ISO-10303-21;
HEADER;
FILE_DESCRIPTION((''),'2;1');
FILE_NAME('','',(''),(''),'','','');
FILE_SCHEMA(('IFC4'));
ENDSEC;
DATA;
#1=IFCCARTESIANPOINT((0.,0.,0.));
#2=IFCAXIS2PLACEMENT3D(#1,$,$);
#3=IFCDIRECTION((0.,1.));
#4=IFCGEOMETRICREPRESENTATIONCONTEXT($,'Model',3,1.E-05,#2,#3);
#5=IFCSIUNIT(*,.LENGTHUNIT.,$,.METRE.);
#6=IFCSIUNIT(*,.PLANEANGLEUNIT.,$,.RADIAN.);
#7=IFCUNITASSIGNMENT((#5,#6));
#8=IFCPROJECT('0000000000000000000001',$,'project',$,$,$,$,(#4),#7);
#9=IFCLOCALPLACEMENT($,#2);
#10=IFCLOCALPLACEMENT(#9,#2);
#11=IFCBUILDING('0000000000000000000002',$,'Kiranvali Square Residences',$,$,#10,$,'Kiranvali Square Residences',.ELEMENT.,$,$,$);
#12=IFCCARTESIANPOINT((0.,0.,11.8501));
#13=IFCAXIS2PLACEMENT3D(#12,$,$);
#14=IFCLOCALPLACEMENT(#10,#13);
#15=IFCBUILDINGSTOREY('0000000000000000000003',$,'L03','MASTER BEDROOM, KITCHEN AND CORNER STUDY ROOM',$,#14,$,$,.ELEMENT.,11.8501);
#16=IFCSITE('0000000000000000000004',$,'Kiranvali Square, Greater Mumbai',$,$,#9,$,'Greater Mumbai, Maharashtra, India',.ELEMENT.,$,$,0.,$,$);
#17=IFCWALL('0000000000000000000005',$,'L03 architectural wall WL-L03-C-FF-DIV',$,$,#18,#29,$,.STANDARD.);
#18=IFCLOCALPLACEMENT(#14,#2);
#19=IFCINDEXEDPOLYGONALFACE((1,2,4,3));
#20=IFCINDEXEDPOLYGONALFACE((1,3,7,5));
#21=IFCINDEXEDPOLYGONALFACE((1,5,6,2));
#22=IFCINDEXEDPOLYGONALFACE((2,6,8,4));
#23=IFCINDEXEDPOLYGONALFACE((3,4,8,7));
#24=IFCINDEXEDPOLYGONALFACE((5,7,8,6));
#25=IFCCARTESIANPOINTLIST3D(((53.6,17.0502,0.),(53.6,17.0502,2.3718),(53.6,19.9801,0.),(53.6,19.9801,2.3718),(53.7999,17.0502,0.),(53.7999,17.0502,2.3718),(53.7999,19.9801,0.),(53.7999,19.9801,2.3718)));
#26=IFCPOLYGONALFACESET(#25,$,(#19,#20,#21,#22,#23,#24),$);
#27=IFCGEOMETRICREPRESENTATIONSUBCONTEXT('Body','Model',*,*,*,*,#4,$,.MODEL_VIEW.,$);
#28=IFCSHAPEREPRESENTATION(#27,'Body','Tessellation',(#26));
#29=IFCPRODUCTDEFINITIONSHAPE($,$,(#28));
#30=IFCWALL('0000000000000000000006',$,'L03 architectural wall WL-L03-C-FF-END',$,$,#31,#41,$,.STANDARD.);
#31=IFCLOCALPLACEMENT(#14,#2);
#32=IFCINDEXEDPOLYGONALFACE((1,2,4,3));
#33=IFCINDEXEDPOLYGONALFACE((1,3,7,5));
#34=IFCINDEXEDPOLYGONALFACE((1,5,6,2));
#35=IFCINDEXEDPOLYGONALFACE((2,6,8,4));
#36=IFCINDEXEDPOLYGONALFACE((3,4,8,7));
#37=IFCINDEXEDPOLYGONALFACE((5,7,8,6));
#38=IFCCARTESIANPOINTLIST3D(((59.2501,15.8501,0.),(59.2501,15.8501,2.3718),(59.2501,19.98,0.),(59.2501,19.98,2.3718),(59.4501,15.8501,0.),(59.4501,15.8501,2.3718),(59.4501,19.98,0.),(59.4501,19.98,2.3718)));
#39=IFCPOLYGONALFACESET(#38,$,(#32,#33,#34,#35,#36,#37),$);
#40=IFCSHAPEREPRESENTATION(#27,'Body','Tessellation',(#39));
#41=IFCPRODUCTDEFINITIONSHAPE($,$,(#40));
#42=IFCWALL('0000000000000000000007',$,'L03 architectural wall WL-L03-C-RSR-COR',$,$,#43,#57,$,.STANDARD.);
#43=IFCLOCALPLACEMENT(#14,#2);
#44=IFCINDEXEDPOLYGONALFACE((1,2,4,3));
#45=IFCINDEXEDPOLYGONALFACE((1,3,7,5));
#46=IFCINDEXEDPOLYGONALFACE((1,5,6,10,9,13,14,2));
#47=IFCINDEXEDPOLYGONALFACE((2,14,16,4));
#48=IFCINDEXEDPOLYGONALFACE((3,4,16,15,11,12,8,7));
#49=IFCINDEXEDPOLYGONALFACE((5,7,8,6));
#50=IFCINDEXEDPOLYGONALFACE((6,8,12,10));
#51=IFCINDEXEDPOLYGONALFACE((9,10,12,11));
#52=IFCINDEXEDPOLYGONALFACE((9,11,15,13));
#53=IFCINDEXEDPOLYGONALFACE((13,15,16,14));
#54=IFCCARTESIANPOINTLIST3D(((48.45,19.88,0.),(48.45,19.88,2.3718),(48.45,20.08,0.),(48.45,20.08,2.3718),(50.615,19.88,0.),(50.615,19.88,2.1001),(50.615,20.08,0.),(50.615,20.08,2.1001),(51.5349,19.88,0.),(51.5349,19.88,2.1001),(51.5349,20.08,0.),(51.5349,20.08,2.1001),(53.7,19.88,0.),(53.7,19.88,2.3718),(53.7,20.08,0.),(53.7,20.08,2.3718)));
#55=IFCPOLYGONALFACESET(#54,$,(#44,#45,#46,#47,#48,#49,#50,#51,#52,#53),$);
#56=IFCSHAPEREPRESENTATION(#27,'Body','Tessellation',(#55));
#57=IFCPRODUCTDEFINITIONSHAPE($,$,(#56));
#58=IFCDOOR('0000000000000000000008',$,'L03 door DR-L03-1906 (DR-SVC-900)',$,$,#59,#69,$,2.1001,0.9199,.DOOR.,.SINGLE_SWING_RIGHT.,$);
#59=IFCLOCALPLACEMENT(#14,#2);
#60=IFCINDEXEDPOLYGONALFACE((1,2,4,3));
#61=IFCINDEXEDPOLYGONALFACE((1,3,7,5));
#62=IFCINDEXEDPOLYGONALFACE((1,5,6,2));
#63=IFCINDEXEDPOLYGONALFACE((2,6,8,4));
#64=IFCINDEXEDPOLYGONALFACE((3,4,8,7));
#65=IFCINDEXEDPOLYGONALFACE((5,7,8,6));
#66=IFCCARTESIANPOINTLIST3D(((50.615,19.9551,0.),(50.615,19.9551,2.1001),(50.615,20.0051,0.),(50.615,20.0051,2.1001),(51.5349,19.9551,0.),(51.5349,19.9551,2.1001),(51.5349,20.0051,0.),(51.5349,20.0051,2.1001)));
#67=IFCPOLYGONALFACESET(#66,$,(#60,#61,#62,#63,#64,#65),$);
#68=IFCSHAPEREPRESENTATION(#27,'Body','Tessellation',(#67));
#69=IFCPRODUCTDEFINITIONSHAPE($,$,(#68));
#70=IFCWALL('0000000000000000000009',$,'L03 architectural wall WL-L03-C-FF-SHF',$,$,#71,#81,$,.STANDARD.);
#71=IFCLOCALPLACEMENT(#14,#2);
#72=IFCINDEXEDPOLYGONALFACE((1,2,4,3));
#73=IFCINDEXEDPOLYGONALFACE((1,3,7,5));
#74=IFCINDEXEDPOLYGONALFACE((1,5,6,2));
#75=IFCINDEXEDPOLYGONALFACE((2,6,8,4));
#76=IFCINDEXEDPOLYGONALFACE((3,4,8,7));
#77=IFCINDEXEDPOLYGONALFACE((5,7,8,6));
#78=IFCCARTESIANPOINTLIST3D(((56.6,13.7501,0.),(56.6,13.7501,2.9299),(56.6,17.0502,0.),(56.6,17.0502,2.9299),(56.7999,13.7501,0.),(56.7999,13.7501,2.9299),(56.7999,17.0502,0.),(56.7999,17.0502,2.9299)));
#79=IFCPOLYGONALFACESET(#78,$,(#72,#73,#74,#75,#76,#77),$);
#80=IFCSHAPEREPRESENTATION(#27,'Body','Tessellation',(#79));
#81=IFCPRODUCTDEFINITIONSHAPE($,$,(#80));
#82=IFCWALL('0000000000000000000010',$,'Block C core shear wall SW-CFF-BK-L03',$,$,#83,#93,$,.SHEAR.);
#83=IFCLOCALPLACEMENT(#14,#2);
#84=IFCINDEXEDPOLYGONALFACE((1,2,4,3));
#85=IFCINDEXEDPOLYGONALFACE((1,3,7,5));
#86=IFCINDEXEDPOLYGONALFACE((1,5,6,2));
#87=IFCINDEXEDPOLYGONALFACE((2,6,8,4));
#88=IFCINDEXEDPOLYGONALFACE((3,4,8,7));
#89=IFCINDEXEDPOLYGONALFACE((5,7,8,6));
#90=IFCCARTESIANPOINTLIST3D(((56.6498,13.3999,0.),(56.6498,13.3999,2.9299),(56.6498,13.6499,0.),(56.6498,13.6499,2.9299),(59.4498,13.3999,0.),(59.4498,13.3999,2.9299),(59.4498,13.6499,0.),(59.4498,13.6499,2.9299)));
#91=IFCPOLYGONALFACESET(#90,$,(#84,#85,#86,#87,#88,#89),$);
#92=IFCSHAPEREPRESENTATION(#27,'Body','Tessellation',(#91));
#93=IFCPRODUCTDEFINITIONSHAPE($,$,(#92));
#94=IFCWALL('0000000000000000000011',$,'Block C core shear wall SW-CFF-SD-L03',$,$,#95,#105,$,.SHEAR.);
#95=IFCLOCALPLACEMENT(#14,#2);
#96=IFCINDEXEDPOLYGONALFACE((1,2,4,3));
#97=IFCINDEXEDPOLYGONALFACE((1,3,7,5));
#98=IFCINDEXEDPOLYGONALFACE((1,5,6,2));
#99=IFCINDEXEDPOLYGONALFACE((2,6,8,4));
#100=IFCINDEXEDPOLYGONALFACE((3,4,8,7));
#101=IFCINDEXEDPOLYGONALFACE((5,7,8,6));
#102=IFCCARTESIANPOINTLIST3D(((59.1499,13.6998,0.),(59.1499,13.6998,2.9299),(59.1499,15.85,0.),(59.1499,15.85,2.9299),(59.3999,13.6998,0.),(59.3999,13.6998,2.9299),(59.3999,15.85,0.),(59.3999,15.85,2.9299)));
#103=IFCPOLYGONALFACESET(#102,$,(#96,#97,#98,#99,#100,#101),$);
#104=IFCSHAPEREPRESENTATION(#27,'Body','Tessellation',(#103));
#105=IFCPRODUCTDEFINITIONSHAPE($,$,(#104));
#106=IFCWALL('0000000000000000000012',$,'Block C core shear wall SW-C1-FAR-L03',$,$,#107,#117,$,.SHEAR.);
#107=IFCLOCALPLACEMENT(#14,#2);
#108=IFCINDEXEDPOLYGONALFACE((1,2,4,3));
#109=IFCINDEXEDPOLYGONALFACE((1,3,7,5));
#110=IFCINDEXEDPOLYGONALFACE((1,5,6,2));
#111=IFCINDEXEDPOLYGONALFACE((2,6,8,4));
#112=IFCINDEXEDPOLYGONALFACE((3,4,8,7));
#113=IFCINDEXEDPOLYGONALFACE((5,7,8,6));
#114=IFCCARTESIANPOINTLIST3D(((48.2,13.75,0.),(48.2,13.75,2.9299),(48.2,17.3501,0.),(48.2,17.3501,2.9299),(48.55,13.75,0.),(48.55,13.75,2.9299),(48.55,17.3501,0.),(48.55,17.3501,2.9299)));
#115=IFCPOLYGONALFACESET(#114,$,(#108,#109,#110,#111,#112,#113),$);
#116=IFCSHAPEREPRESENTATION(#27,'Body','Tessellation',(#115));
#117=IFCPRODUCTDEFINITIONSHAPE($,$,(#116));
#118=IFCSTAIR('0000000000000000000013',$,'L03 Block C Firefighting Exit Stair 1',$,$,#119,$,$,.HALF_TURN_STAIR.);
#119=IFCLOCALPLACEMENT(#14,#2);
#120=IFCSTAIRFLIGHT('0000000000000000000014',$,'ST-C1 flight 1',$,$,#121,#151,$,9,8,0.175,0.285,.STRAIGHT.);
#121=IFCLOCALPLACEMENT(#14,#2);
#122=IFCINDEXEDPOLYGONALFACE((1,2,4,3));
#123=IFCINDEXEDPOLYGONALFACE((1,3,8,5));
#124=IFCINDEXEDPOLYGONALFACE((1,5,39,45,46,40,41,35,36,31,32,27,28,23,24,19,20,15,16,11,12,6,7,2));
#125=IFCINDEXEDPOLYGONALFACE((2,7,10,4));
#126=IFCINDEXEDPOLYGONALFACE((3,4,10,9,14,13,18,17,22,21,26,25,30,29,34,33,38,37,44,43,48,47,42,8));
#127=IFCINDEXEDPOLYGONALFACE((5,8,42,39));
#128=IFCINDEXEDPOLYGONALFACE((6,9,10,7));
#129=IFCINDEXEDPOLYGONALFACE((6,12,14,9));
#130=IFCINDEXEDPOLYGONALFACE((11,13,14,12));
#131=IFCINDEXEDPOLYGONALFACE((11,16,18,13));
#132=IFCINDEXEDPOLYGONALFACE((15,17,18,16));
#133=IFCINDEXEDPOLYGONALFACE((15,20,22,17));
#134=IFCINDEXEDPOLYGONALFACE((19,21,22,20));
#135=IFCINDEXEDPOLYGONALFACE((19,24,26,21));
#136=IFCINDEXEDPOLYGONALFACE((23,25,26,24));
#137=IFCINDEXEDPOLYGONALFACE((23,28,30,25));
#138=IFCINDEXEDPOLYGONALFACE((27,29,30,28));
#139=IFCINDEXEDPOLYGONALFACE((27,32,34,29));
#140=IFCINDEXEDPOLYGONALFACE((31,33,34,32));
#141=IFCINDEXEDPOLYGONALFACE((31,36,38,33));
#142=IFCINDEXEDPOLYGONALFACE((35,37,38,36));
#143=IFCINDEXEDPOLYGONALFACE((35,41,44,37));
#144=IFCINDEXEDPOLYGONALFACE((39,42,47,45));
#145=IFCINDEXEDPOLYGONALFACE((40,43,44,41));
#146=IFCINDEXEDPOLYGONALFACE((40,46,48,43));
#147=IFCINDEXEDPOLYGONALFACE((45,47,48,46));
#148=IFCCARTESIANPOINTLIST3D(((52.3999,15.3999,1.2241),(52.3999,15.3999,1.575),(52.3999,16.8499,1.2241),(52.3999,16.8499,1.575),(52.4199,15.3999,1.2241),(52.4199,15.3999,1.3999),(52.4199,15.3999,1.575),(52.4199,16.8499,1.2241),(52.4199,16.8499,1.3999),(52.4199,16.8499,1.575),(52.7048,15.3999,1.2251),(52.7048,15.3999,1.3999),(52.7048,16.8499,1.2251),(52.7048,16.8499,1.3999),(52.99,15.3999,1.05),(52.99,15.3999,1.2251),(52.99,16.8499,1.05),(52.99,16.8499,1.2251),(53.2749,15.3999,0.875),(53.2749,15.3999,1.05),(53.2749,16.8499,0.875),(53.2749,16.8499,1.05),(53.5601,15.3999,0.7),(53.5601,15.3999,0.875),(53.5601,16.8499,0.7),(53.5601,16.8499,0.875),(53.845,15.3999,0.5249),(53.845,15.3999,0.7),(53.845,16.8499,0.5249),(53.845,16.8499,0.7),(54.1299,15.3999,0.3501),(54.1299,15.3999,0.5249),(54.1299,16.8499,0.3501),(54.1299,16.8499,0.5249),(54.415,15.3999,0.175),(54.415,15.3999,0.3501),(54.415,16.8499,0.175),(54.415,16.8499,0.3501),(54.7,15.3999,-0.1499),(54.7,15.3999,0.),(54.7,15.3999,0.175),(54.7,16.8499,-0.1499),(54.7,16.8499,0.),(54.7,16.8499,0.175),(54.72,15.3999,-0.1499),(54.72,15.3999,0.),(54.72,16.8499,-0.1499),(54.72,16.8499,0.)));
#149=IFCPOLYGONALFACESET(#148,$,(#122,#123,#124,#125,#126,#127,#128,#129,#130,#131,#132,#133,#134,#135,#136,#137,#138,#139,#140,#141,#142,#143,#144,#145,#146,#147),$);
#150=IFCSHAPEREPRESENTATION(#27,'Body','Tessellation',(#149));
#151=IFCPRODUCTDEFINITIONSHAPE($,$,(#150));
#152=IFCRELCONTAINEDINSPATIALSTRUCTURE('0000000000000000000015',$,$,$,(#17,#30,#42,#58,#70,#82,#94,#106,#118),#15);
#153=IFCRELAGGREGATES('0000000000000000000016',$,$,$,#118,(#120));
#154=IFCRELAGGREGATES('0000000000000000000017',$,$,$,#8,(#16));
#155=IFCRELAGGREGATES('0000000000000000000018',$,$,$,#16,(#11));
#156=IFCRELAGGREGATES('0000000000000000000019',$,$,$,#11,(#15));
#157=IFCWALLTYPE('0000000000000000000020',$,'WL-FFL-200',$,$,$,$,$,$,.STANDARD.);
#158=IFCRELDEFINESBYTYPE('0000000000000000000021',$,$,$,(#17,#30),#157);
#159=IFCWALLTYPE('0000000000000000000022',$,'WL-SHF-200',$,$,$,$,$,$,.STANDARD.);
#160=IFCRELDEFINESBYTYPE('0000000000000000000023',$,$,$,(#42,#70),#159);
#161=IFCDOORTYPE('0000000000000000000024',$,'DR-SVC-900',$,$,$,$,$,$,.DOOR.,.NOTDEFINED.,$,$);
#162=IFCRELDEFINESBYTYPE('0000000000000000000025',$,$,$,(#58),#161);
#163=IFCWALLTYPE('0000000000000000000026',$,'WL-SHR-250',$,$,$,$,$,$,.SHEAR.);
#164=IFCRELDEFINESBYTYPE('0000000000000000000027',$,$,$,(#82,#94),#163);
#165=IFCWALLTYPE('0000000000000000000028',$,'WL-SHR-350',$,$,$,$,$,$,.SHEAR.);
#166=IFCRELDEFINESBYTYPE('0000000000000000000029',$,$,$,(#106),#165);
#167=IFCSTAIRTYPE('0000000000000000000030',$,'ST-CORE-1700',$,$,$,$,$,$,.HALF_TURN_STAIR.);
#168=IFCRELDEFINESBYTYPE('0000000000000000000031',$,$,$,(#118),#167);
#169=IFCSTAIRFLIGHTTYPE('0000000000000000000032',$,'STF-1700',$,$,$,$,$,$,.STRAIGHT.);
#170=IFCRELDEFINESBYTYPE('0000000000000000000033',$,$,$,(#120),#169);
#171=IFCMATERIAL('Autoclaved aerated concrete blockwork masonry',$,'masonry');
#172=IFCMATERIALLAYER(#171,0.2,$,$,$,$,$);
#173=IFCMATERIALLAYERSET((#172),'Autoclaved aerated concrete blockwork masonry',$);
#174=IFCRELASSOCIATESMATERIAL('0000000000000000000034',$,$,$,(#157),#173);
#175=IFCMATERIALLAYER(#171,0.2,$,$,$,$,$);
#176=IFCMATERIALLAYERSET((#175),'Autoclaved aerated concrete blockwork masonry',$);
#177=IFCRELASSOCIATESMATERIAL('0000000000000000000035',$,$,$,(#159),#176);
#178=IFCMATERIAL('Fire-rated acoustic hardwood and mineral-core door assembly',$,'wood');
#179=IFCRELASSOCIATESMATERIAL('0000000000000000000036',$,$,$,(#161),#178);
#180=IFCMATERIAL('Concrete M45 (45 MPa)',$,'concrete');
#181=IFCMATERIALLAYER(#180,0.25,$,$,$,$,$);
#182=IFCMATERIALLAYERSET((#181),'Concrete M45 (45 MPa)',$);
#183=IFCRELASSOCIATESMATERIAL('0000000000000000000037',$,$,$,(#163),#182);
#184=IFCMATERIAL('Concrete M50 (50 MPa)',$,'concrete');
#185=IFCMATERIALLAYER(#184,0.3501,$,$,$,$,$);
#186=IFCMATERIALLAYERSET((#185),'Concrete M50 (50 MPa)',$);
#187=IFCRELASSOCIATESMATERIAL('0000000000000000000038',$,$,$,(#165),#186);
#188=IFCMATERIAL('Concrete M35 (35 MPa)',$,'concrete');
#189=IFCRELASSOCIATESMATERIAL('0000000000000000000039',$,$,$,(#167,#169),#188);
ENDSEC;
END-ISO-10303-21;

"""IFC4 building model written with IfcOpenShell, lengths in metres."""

from ifc_helpers import new_model, si_unit, direction, frame, frame_2d, origin, place, context, subcontext, project, spatial, polyline, rectangle, outline, extrude, material, layer, layer_set, type_object, element, fill, aggregate, save


model = new_model("IFC4")

# Units and contexts
model_context = context("Model", 3, precision=1e-05, world=origin(), true_north=direction((0.0, 1.0)))
body_context = subcontext(model_context, "Body", "Model", "MODEL_VIEW")
ifc_project = project(units=[si_unit("LENGTHUNIT", "METRE"), si_unit("PLANEANGLEUNIT", "RADIAN")], contexts=[model_context])

# Site, building, storey
site_placement = place(None, origin())
site = spatial("IfcSite", under=ifc_project, at=site_placement, Name="Kiranvali Square, Greater Mumbai", LongName="Greater Mumbai, Maharashtra, India", CompositionType="ELEMENT", RefElevation=0.0)
building_placement = place(site_placement, origin())
building = spatial("IfcBuilding", under=site, at=building_placement, Name="Kiranvali Square Residences", LongName="Kiranvali Square Residences", CompositionType="ELEMENT")
storey_placement = place(building_placement, frame((0.0, 0.0, 11.8501)))
storey = spatial("IfcBuildingStorey", under=building, at=storey_placement, Name="L03", Description="MASTER BEDROOM, KITCHEN AND CORNER STUDY ROOM", CompositionType="ELEMENT", Elevation=11.8501)

# Shared definitions
ifc_material_1 = material(Name="Autoclaved aerated concrete blockwork masonry", Category="masonry")
ifc_material_2 = material(Name="Fire-rated acoustic hardwood and mineral-core door assembly", Category="wood")
ifc_layer_1 = layer(ifc_material_1, 0.2)
ifc_layer_set_1 = layer_set([ifc_layer_1], Name="Autoclaved aerated concrete blockwork masonry")
wall_type_1 = type_object("IfcWallType", Name="WL-FFL-200", PredefinedType="STANDARD", material=ifc_layer_set_1)

# Walls
wall_1_placement = place(storey_placement, frame((53.7, 19.98, 0.0), z_axis=(0.0, 0.0, 1.0), x_axis=(0.0, -1.0, 0.0)))
element("IfcWall", 1, at=wall_1_placement, inside=storey, type_object=wall_type_1, Name="L03 architectural wall WL-L03-C-FF-DIV", PredefinedType="STANDARD", context=body_context, shape_type="SweptSolid", body=[
    extrude(rectangle(XDim=2.9299, YDim=0.2, at=frame_2d((1.4648, 0.0))), origin(), (0.0, 0.0, 1.0), 2.3718),
])
wall_2_placement = place(storey_placement, frame((59.3501, 19.98, 0.0), z_axis=(0.0, 0.0, 1.0), x_axis=(0.0, -1.0, 0.0)))
element("IfcWall", 2, at=wall_2_placement, inside=storey, type_object=wall_type_1, Name="L03 architectural wall WL-L03-C-FF-END", PredefinedType="STANDARD", context=body_context, shape_type="SweptSolid", body=[
    extrude(rectangle(XDim=4.1299, YDim=0.2, at=frame_2d((2.0649, 0.0))), origin(), (0.0, 0.0, 1.0), 2.3718),
])

# Wall, opening, door
ifc_layer_2 = layer(ifc_material_1, 0.2)
ifc_layer_set_2 = layer_set([ifc_layer_2], Name="Autoclaved aerated concrete blockwork masonry")
wall_type_2 = type_object("IfcWallType", Name="WL-SHF-200", PredefinedType="STANDARD", material=ifc_layer_set_2)
wall_3_placement = place(storey_placement, frame((48.45, 19.98, 0.0), z_axis=(0.0, 0.0, 1.0), x_axis=(1.0, 0.0, 0.0)))
wall_3 = element("IfcWall", 3, at=wall_3_placement, inside=storey, type_object=wall_type_2, Name="L03 architectural wall WL-L03-C-RSR-COR", PredefinedType="STANDARD", context=body_context, shape_type="SweptSolid", body=[
    extrude(rectangle(XDim=5.25, YDim=0.2, at=frame_2d((2.625, 0.0))), origin(), (0.0, 0.0, 1.0), 2.3718),
])
opening_1_placement = place(wall_3_placement, frame((2.165, 0.0, 0.0)))
opening_1 = element("IfcOpeningElement", 4, at=opening_1_placement, cuts=wall_3, PredefinedType="OPENING", context=body_context, shape_type="SweptSolid", body=[
    extrude(rectangle(XDim=0.9199, YDim=2.1001, at=frame_2d((0.46, 1.05))), frame((0.0, 0.1099, 0.0), z_axis=(0.0, -1.0, 0.0), x_axis=(1.0, 0.0, 0.0)), (0.0, 0.0, 1.0), 0.22),
])
door_type_1 = type_object("IfcDoorType", Name="DR-SVC-900", OperationType="NOTDEFINED", PredefinedType="DOOR", material=ifc_material_2)
door_1_placement = place(opening_1_placement, frame((0.9199, 0.0, 0.0), z_axis=(0.0, 0.0, 1.0), x_axis=(-1.0, 0.0, 0.0)))
door_1 = element("IfcDoor", 5, at=door_1_placement, inside=storey, type_object=door_type_1, Name="L03 door DR-L03-1906 (DR-SVC-900)", OperationType="SINGLE_SWING_RIGHT", OverallHeight=2.1001, OverallWidth=0.9199, PredefinedType="DOOR", context=body_context, shape_type="SweptSolid", body=[
    extrude(rectangle(XDim=0.9199, YDim=2.1001, at=frame_2d((0.46, 1.05))), frame((0.0, 0.0249, 0.0), z_axis=(0.0, -1.0, 0.0), x_axis=(1.0, 0.0, 0.0)), (0.0, 0.0, 1.0), 0.05),
])
fill(opening_1, door_1)

# Walls
wall_4_placement = place(storey_placement, frame((56.7, 17.05, 0.0), z_axis=(0.0, 0.0, 1.0), x_axis=(0.0, -1.0, 0.0)))
element("IfcWall", 6, at=wall_4_placement, inside=storey, type_object=wall_type_2, Name="L03 architectural wall WL-L03-C-FF-SHF", PredefinedType="STANDARD", context=body_context, shape_type="SweptSolid", body=[
    extrude(rectangle(XDim=3.3, YDim=0.2, at=frame_2d((1.6499, 0.0))), origin(), (0.0, 0.0, 1.0), 2.9299),
])
ifc_material_3 = material(Name="Concrete M45 (45 MPa)", Category="concrete")
ifc_layer_3 = layer(ifc_material_3, 0.25)
ifc_layer_set_3 = layer_set([ifc_layer_3], Name="Concrete M45 (45 MPa)")
wall_type_3 = type_object("IfcWallType", Name="WL-SHR-250", PredefinedType="SHEAR", material=ifc_layer_set_3)
wall_5_placement = place(storey_placement, frame((56.6499, 13.5249, 0.0), z_axis=(0.0, 0.0, 1.0), x_axis=(1.0, 0.0, 0.0)))
element("IfcWall", 7, at=wall_5_placement, inside=storey, type_object=wall_type_3, Name="Block C core shear wall SW-CFF-BK-L03", PredefinedType="SHEAR", context=body_context, shape_type="SweptSolid", body=[
    extrude(rectangle(XDim=2.8, YDim=0.25, at=frame_2d((1.3999, 0.0))), origin(), (0.0, 0.0, 1.0), 2.9299),
])
wall_6_placement = place(storey_placement, frame((59.2749, 15.8501, 0.0), z_axis=(0.0, 0.0, 1.0), x_axis=(0.0, -1.0, 0.0)))
element("IfcWall", 8, at=wall_6_placement, inside=storey, type_object=wall_type_3, Name="Block C core shear wall SW-CFF-SD-L03", PredefinedType="SHEAR", context=body_context, shape_type="SweptSolid", body=[
    extrude(rectangle(XDim=2.1501, YDim=0.25, at=frame_2d((1.0752, 0.0))), origin(), (0.0, 0.0, 1.0), 2.9299),
])

# Shared definitions
ifc_material_4 = material(Name="Concrete M50 (50 MPa)", Category="concrete")
ifc_layer_4 = layer(ifc_material_4, 0.3501)
ifc_layer_set_4 = layer_set([ifc_layer_4], Name="Concrete M50 (50 MPa)")
wall_type_4 = type_object("IfcWallType", Name="WL-SHR-350", PredefinedType="SHEAR", material=ifc_layer_set_4)

# Wall
wall_7_placement = place(storey_placement, frame((48.375, 17.3501, 0.0), z_axis=(0.0, 0.0, 1.0), x_axis=(0.0, -1.0, 0.0)))
element("IfcWall", 9, at=wall_7_placement, inside=storey, type_object=wall_type_4, Name="Block C core shear wall SW-C1-FAR-L03", PredefinedType="SHEAR", context=body_context, shape_type="SweptSolid", body=[
    extrude(rectangle(XDim=3.6001, YDim=0.3501, at=frame_2d((1.8, 0.0))), origin(), (0.0, 0.0, 1.0), 2.9299),
])

# Stair, stair flight
ifc_material_5 = material(Name="Concrete M35 (35 MPa)", Category="concrete")
stair_type = type_object("IfcStairType", Name="ST-CORE-1700", PredefinedType="HALF_TURN_STAIR", material=ifc_material_5)
stair_placement = place(storey_placement, origin())
stair = element("IfcStair", 10, at=stair_placement, inside=storey, type_object=stair_type, Name="L03 Block C Firefighting Exit Stair 1", PredefinedType="HALF_TURN_STAIR")
stair_flight_type = type_object("IfcStairFlightType", Name="STF-1700", PredefinedType="STRAIGHT", material=ifc_material_5)
stair_flight_1_placement = place(storey_placement, frame((54.7, 16.125, 0.0), z_axis=(0.0, 0.0, 1.0), x_axis=(-1.0, 0.0, 0.0)))
stair_flight_1 = element("IfcStairFlight", 11, at=stair_flight_1_placement, type_object=stair_flight_type, Name="ST-C1 flight 1", NumberOfRisers=9, NumberOfTreads=8, PredefinedType="STRAIGHT", RiserHeight=0.175, TreadLength=0.285, context=body_context, shape_type="SweptSolid", body=[
    extrude(outline(polyline([(-0.02, -0.1499), (-0.02, 0.0), (0.0, 0.0), (0.0, 0.175), (0.2849, 0.175), (0.2849, 0.3501), (0.5701, 0.3501), (0.5701, 0.5249), (0.855, 0.5249), (0.855, 0.7), (1.1399, 0.7), (1.1399, 0.875), (1.425, 0.875), (1.425, 1.05), (1.71, 1.05), (1.71, 1.2251), (1.9951, 1.2251), (1.9951, 1.3999), (2.28, 1.3999), (2.28, 1.575), (2.3, 1.575), (2.3, 1.2241), (2.28, 1.2241), (0.0, -0.1499), (-0.02, -0.1499)])), frame((0.0, 0.7251, 0.0), z_axis=(0.0, -1.0, 0.0), x_axis=(1.0, 0.0, 0.0)), (0.0, 0.0, 1.0), 1.45),
])
aggregate(stair, [stair_flight_1])

save(model, "model.ifc")
